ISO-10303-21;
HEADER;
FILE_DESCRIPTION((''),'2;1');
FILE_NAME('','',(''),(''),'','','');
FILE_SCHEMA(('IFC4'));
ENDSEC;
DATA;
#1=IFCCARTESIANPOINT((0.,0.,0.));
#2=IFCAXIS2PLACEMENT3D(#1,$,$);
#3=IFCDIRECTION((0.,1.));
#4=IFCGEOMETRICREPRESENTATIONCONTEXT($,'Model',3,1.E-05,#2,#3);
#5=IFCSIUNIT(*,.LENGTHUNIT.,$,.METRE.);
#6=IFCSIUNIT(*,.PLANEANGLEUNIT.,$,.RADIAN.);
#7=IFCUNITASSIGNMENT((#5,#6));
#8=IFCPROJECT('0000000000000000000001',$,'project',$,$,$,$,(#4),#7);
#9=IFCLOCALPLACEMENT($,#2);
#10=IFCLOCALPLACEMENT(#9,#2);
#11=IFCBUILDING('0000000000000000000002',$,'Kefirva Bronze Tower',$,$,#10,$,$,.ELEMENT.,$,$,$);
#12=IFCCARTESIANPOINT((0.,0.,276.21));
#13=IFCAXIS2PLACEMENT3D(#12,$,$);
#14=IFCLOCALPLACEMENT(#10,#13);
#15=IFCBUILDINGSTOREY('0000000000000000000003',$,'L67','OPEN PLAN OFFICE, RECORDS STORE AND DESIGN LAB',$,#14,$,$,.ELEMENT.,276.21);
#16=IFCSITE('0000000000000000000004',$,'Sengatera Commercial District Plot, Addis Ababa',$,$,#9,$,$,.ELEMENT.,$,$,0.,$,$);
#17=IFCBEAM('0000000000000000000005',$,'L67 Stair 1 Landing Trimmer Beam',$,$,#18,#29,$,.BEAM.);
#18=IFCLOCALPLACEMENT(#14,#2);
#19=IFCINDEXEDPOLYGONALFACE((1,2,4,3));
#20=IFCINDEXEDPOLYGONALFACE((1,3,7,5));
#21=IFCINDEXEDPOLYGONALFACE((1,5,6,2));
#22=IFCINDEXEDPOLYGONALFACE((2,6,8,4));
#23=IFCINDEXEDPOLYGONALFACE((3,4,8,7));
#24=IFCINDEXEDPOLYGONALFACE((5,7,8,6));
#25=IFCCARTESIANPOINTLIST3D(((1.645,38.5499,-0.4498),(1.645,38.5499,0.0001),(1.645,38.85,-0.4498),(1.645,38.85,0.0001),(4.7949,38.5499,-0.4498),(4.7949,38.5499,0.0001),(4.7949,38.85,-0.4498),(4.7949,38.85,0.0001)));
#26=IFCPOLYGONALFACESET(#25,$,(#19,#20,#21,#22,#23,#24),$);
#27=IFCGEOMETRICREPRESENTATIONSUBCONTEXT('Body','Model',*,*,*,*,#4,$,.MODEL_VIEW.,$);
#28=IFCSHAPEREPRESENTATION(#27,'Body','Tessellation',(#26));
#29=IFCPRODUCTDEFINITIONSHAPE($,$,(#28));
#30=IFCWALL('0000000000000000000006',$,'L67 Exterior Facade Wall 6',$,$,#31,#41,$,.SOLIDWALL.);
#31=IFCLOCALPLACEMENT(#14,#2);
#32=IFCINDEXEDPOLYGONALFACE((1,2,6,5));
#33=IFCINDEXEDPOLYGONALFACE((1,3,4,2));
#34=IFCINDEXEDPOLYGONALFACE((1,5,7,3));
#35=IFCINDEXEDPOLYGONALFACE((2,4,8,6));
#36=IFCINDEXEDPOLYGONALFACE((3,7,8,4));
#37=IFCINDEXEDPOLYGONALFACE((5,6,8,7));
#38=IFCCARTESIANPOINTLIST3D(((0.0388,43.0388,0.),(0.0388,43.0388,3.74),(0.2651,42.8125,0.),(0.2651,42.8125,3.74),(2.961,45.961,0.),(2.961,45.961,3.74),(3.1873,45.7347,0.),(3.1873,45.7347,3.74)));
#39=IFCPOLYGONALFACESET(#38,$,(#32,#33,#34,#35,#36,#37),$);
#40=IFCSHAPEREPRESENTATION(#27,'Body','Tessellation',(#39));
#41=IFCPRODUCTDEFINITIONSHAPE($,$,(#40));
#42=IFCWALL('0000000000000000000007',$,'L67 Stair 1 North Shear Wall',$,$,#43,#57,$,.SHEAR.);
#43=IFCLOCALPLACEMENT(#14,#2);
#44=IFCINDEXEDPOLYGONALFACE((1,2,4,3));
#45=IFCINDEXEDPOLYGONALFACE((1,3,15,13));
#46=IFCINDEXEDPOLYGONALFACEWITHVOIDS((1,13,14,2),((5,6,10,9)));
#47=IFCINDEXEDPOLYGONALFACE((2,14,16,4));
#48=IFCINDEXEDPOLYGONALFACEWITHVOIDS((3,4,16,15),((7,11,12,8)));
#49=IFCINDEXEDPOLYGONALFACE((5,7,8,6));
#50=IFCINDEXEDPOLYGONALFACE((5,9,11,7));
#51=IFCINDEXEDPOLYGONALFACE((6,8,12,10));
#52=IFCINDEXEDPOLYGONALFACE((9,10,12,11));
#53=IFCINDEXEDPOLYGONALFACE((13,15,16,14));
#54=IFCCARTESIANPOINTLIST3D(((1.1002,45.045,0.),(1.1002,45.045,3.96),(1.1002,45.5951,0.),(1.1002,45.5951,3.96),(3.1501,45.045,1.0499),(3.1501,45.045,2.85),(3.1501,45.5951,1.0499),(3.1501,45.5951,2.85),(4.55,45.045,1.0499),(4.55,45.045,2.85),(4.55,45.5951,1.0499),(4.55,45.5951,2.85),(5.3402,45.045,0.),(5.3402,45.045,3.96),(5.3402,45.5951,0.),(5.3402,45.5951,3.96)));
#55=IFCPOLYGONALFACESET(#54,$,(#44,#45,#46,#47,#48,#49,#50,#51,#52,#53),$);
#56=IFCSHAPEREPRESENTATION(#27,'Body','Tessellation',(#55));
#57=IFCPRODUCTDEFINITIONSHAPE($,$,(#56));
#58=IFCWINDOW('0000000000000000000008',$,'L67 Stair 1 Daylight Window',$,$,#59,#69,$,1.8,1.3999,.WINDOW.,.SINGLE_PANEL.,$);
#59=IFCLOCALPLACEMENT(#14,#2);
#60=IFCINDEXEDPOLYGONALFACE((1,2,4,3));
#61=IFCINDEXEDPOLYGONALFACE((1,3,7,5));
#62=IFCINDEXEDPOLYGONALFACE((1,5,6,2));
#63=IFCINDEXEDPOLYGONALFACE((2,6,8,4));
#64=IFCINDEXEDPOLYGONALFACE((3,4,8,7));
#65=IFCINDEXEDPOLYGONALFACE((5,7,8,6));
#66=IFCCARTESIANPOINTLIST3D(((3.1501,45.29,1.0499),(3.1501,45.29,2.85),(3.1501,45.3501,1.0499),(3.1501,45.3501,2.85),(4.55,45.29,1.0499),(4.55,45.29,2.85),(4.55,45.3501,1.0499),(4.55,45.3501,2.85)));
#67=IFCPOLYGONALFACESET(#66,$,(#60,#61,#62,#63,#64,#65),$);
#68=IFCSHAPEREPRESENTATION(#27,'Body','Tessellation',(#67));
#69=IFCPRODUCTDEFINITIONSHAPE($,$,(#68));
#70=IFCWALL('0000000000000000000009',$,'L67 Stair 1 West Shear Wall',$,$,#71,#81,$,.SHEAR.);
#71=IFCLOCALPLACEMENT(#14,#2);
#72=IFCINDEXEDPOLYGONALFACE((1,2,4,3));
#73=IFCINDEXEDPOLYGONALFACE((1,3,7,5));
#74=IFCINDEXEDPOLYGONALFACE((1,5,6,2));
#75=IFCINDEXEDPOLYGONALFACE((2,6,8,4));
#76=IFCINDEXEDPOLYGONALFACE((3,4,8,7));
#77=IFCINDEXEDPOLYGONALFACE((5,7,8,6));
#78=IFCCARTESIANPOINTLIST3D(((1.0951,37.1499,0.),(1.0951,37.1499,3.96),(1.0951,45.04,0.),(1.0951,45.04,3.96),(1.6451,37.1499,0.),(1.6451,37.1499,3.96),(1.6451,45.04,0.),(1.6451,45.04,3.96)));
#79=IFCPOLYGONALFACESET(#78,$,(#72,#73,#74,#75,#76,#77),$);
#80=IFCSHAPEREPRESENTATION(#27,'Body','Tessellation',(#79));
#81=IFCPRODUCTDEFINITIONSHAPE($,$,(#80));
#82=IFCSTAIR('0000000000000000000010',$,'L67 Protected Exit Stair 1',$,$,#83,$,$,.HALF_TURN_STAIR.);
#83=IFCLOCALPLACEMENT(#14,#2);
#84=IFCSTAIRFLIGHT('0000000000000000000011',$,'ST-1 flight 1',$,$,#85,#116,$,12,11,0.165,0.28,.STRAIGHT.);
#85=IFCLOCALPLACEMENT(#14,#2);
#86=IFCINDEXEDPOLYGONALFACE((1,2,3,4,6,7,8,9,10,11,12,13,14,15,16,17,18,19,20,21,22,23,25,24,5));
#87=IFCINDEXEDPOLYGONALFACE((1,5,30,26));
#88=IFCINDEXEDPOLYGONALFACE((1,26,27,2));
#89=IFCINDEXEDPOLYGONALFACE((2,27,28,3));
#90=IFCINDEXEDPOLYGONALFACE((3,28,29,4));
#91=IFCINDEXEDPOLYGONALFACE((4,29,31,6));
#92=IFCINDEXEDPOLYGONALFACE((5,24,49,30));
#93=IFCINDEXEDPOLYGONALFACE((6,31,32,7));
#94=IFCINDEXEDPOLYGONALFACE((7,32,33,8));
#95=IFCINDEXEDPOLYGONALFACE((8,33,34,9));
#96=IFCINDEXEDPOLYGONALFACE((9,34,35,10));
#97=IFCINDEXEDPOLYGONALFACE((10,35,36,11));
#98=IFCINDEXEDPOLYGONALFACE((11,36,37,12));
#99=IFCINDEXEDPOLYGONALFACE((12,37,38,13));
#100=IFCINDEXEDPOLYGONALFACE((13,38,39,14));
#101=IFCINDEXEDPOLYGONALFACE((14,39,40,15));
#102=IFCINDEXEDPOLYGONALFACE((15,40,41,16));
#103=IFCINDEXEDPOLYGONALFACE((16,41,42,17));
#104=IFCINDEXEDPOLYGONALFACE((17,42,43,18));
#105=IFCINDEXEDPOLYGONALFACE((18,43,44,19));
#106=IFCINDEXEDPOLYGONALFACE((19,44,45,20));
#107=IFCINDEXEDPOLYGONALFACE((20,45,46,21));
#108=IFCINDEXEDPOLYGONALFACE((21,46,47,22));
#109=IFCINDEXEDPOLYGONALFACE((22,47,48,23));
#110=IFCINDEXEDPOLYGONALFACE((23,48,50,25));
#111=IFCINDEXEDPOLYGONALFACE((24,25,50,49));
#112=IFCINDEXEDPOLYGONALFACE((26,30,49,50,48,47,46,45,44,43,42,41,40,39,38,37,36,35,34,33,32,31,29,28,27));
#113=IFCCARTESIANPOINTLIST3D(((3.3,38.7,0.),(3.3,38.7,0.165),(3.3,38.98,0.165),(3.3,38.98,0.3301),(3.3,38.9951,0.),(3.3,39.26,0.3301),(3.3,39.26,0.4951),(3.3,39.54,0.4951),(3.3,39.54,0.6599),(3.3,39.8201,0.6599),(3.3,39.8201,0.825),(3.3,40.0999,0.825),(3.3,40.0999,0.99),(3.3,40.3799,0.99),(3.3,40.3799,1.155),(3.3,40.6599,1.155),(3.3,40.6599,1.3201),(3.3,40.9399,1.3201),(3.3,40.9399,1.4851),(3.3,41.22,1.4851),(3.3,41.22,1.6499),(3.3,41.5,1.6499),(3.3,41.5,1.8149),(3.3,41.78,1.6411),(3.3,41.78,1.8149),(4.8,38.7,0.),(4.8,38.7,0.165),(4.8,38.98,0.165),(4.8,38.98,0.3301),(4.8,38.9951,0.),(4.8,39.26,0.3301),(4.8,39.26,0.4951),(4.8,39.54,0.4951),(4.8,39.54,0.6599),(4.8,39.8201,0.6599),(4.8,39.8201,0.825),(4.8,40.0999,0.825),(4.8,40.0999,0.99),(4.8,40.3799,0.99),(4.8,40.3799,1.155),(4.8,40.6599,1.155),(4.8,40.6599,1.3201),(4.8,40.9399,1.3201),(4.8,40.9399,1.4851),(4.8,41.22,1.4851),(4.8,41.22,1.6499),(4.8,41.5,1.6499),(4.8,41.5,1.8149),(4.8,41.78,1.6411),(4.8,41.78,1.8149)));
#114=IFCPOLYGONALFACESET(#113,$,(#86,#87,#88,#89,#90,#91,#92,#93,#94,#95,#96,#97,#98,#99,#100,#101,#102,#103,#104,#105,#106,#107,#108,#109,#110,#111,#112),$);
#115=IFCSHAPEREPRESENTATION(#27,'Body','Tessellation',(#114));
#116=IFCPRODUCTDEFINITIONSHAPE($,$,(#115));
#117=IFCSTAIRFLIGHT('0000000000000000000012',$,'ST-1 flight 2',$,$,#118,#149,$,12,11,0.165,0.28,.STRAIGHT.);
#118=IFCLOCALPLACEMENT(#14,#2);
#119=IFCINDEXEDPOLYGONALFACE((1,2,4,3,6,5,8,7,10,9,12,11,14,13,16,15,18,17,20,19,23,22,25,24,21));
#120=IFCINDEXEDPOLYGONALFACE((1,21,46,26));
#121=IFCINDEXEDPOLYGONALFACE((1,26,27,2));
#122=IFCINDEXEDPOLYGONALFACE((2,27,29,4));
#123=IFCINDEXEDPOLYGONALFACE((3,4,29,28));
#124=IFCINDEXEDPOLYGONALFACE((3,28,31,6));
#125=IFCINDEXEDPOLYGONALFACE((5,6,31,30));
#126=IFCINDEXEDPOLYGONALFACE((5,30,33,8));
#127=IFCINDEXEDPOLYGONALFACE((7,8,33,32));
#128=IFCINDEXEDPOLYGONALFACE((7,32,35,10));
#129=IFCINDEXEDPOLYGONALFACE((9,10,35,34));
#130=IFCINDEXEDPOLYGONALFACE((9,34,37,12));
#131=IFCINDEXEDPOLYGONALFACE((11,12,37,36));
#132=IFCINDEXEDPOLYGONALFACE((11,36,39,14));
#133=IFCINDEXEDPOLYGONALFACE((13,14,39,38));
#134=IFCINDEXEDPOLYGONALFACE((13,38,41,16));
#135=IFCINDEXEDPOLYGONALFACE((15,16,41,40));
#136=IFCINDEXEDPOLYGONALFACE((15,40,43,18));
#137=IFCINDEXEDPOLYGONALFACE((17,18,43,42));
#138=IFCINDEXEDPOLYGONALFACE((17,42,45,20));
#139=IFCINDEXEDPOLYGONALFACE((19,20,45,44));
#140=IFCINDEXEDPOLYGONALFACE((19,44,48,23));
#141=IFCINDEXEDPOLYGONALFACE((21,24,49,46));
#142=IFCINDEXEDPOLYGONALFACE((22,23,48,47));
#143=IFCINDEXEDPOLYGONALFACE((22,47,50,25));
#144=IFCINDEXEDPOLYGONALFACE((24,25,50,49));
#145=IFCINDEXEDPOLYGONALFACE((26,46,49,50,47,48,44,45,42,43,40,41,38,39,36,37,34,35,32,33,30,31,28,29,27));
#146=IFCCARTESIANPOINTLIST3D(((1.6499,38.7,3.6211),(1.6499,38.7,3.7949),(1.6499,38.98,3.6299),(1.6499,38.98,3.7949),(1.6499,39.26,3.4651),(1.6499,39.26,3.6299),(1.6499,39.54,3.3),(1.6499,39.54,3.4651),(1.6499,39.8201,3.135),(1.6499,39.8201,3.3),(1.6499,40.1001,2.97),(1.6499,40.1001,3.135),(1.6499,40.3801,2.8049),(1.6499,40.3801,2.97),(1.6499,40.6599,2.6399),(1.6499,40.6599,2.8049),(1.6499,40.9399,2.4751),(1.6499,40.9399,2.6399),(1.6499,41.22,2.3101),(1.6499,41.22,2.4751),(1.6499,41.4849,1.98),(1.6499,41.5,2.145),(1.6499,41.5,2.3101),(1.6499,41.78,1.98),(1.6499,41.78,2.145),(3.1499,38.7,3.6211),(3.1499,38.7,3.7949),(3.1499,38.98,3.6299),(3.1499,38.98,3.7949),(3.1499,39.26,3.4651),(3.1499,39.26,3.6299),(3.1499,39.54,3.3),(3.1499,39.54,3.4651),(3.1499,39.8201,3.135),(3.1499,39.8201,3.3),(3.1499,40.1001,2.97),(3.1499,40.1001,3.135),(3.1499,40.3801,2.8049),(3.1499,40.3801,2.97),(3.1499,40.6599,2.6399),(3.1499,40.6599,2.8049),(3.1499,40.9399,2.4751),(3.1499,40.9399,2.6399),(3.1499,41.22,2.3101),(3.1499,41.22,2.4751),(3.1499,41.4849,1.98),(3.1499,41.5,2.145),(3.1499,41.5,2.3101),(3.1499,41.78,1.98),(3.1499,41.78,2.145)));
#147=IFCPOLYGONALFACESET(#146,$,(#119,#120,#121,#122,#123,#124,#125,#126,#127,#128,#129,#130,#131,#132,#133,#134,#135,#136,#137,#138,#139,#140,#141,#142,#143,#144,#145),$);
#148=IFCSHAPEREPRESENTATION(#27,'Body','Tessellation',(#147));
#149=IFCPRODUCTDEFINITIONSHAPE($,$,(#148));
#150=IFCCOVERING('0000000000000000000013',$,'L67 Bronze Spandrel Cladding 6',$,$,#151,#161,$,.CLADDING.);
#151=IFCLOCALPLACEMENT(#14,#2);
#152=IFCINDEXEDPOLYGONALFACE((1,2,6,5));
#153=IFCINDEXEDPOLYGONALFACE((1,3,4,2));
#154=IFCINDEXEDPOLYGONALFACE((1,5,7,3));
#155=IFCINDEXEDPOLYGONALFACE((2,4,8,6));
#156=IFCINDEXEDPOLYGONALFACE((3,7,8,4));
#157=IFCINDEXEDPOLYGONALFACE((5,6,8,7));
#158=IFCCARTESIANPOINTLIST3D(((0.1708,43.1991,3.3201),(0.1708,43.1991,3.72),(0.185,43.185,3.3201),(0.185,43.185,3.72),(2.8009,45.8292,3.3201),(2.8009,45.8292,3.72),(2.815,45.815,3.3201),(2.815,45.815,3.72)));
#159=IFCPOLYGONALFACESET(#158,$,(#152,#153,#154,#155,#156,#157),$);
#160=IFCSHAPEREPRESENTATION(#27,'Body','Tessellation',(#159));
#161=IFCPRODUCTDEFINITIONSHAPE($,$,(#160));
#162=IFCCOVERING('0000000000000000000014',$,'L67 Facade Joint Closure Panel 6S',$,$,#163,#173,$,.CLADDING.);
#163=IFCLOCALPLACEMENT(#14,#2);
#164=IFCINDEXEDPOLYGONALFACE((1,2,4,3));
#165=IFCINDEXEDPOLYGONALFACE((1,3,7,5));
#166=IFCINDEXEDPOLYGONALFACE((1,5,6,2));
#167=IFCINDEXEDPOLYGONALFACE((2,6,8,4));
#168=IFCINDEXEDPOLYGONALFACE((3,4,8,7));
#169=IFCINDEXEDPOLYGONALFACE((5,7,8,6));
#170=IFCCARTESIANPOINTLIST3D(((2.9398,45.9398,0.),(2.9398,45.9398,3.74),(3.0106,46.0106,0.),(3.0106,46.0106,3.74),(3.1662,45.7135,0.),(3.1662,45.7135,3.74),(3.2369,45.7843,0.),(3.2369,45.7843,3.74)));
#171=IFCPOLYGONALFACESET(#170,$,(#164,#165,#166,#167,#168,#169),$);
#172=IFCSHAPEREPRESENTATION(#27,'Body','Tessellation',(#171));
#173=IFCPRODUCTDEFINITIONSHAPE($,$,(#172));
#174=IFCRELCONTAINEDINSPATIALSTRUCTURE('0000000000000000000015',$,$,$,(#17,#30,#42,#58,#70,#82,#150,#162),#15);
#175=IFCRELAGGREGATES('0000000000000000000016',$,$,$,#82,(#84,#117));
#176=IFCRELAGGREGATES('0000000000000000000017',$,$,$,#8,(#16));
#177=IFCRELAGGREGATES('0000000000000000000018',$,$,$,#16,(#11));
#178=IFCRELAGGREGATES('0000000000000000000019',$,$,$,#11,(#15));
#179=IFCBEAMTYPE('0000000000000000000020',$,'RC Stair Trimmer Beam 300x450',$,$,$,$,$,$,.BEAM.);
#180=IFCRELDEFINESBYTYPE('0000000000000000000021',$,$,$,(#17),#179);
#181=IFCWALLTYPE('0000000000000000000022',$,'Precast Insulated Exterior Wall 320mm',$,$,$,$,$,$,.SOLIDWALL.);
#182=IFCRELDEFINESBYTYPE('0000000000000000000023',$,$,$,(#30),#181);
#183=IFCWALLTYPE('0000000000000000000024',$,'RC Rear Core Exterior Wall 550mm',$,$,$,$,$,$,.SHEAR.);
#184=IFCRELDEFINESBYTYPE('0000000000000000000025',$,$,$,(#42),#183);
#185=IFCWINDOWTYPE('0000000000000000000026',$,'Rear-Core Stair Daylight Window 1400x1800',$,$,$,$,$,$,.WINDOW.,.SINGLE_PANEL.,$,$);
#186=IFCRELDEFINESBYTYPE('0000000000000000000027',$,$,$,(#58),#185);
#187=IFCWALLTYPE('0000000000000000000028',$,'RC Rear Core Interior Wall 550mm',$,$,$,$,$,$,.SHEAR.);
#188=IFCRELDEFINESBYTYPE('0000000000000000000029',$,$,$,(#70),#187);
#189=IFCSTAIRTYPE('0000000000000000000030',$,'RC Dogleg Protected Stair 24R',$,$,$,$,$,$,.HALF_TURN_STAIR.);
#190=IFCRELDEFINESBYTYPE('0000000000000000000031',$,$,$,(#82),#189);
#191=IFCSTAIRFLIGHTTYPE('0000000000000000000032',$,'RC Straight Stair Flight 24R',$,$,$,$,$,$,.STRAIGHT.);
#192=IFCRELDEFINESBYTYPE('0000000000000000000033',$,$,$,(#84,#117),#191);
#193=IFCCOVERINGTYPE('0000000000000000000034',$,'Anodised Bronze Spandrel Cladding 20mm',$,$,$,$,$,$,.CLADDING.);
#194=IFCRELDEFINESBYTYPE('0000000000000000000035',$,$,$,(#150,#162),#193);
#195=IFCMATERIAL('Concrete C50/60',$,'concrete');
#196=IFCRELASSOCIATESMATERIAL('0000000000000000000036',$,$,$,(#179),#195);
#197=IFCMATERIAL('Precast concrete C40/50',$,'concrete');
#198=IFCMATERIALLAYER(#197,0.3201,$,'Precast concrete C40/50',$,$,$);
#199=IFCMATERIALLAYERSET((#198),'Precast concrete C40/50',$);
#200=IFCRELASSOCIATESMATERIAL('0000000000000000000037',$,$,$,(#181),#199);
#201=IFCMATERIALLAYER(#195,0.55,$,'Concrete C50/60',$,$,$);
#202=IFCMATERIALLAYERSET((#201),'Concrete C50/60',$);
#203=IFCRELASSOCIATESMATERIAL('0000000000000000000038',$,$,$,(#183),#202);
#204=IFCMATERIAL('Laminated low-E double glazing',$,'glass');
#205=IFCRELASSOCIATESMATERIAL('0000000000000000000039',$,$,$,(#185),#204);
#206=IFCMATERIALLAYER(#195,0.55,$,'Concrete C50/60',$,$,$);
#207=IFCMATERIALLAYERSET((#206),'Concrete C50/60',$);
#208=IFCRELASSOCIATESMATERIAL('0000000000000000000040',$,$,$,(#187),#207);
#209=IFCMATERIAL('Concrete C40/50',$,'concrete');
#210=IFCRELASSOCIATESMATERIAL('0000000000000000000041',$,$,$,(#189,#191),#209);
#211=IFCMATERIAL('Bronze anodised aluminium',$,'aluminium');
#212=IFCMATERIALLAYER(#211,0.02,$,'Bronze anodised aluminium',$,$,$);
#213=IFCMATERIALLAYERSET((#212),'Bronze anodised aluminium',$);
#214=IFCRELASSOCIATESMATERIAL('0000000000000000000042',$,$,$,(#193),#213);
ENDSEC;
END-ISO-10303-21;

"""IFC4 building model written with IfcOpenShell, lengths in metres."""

from ifc_helpers import new_model, si_unit, direction, frame, frame_2d, origin, origin_2d, place, context, subcontext, project, spatial, polyline, rectangle, outline, extrude, material, layer, layer_set, material_profile, profile_set, type_object, element, fill, aggregate, save


model = new_model("IFC4")

# Units and contexts
model_context = context("Model", 3, precision=1e-05, world=origin(), true_north=direction((0.0, 1.0)))
body_context = subcontext(model_context, "Body", "Model", "MODEL_VIEW")
ifc_project = project(units=[si_unit("LENGTHUNIT", "METRE"), si_unit("PLANEANGLEUNIT", "RADIAN")], contexts=[model_context])

# Site, building, storey
site_placement = place(None, origin())
site = spatial("IfcSite", under=ifc_project, at=site_placement, Name="Sengatera Commercial District Plot, Addis Ababa", CompositionType="ELEMENT", RefElevation=0.0)
building_placement = place(site_placement, origin())
building = spatial("IfcBuilding", under=site, at=building_placement, Name="Kefirva Bronze Tower", CompositionType="ELEMENT")
storey_placement = place(building_placement, frame((0.0, 0.0, 276.21)))
storey = spatial("IfcBuildingStorey", under=building, at=storey_placement, Name="L67", Description="OPEN PLAN OFFICE, RECORDS STORE AND DESIGN LAB", CompositionType="ELEMENT", Elevation=276.21)

# Beam
ifc_material_1 = material(Name="Concrete C50/60", Category="concrete")
ifc_material_profile = material_profile(ifc_material_1, rectangle(XDim=0.3, YDim=0.45, at=origin_2d()), Name="RC 300x450")
ifc_profile_set = profile_set([ifc_material_profile], Name="Concrete C50/60")
beam_type = type_object("IfcBeamType", Name="RC Stair Trimmer Beam 300x450", PredefinedType="BEAM", material=ifc_profile_set)
beam_placement = place(storey_placement, frame((1.645, 38.7, -0.2249), z_axis=(1.0, 0.0, 0.0), x_axis=(0.0, 1.0, 0.0)))
element("IfcBeam", 1, at=beam_placement, inside=storey, type_object=beam_type, Name="L67 Stair 1 Landing Trimmer Beam", PredefinedType="BEAM", context=body_context, shape_type="SweptSolid", body=[
    extrude(rectangle(XDim=0.3, YDim=0.45, at=origin_2d()), origin(), (0.0, 0.0, 1.0), 3.1499),
])

# Wall
ifc_material_2 = material(Name="Precast concrete C40/50", Category="concrete")
ifc_layer_1 = layer(ifc_material_2, 0.3201, Name="Precast concrete C40/50")
ifc_layer_set_1 = layer_set([ifc_layer_1], Name="Precast concrete C40/50")
wall_type_1 = type_object("IfcWallType", Name="Precast Insulated Exterior Wall 320mm", PredefinedType="SOLIDWALL", material=ifc_layer_set_1)
wall_1_placement = place(storey_placement, frame((3.0742, 45.8479, 0.0), z_axis=(0.0, 0.0, 1.0), x_axis=(-0.707107, -0.707107, 0.0)))
element("IfcWall", 2, at=wall_1_placement, inside=storey, type_object=wall_type_1, Name="L67 Exterior Facade Wall 6", PredefinedType="SOLIDWALL", context=body_context, shape_type="SweptSolid", body=[
    extrude(rectangle(XDim=4.1326, YDim=0.3201, at=frame_2d((2.0664, 0.0))), origin(), (0.0, 0.0, 1.0), 3.74),
])

# Wall, opening, window
ifc_layer_2 = layer(ifc_material_1, 0.55, Name="Concrete C50/60")
ifc_layer_set_2 = layer_set([ifc_layer_2], Name="Concrete C50/60")
wall_type_2 = type_object("IfcWallType", Name="RC Rear Core Exterior Wall 550mm", PredefinedType="SHEAR", material=ifc_layer_set_2)
wall_2_placement = place(storey_placement, frame((1.1001, 45.3201, 0.0), z_axis=(0.0, 0.0, 1.0), x_axis=(1.0, 0.0, 0.0)))
wall_2 = element("IfcWall", 3, at=wall_2_placement, inside=storey, type_object=wall_type_2, Name="L67 Stair 1 North Shear Wall", PredefinedType="SHEAR", context=body_context, shape_type="SweptSolid", body=[
    extrude(rectangle(XDim=4.24, YDim=0.55, at=frame_2d((2.1201, 0.0))), origin(), (0.0, 0.0, 1.0), 3.96),
])
opening_1_placement = place(wall_2_placement, frame((2.05, 0.0, 1.05)))
opening_1 = element("IfcOpeningElement", 4, at=opening_1_placement, cuts=wall_2, PredefinedType="OPENING", context=body_context, shape_type="SweptSolid", body=[
    extrude(rectangle(XDim=1.3999, YDim=1.8, at=frame_2d((0.7, 0.8999))), frame((0.0, 0.2852, 0.0), z_axis=(0.0, -1.0, 0.0), x_axis=(1.0, 0.0, 0.0)), (0.0, 0.0, 1.0), 0.5701),
])
ifc_material_3 = material(Name="Laminated low-E double glazing", Category="glass")
window_type = type_object("IfcWindowType", Name="Rear-Core Stair Daylight Window 1400x1800", PartitioningType="SINGLE_PANEL", PredefinedType="WINDOW", material=ifc_material_3)
window_placement = place(opening_1_placement, origin())
window = element("IfcWindow", 5, at=window_placement, inside=storey, type_object=window_type, Name="L67 Stair 1 Daylight Window", OverallHeight=1.8, OverallWidth=1.3999, PartitioningType="SINGLE_PANEL", PredefinedType="WINDOW", context=body_context, shape_type="SweptSolid", body=[
    extrude(rectangle(XDim=1.3999, YDim=1.8, at=frame_2d((0.7, 0.8999))), frame((0.0, 0.03, 0.0), z_axis=(0.0, -1.0, 0.0), x_axis=(1.0, 0.0, 0.0)), (0.0, 0.0, 1.0), 0.0601),
])
fill(opening_1, window)

# Wall
ifc_layer_3 = layer(ifc_material_1, 0.55, Name="Concrete C50/60")
ifc_layer_set_3 = layer_set([ifc_layer_3], Name="Concrete C50/60")
wall_type_3 = type_object("IfcWallType", Name="RC Rear Core Interior Wall 550mm", PredefinedType="SHEAR", material=ifc_layer_set_3)
wall_3_placement = place(storey_placement, frame((1.3701, 37.1499, 0.0), z_axis=(0.0, 0.0, 1.0), x_axis=(0.0, 1.0, 0.0)))
element("IfcWall", 6, at=wall_3_placement, inside=storey, type_object=wall_type_3, Name="L67 Stair 1 West Shear Wall", PredefinedType="SHEAR", context=body_context, shape_type="SweptSolid", body=[
    extrude(rectangle(XDim=7.8901, YDim=0.55, at=frame_2d((3.9451, 0.0))), origin(), (0.0, 0.0, 1.0), 3.96),
])

# Stair, stair flights
ifc_material_4 = material(Name="Concrete C40/50", Category="concrete")
stair_type = type_object("IfcStairType", Name="RC Dogleg Protected Stair 24R", PredefinedType="HALF_TURN_STAIR", material=ifc_material_4)
stair_placement = place(storey_placement, origin())
stair = element("IfcStair", 7, at=stair_placement, inside=storey, type_object=stair_type, Name="L67 Protected Exit Stair 1", PredefinedType="HALF_TURN_STAIR")
stair_flight_type = type_object("IfcStairFlightType", Name="RC Straight Stair Flight 24R", PredefinedType="STRAIGHT", material=ifc_material_4)
stair_flight_1_placement = place(storey_placement, frame((4.05, 38.7, 0.0), z_axis=(0.0, 0.0, 1.0), x_axis=(0.0, 1.0, 0.0)))
stair_flight_1 = element("IfcStairFlight", 8, at=stair_flight_1_placement, type_object=stair_flight_type, Name="ST-1 flight 1", NumberOfRisers=12, NumberOfTreads=11, PredefinedType="STRAIGHT", RiserHeight=0.165, TreadLength=0.28, context=body_context, shape_type="SweptSolid", body=[
    extrude(outline(polyline([(0.0, 0.0), (0.0, 0.165), (0.28, 0.165), (0.28, 0.3301), (0.5601, 0.3301), (0.5601, 0.4951), (0.8401, 0.4951), (0.8401, 0.6599), (1.1201, 0.6599), (1.1201, 0.825), (1.3999, 0.825), (1.3999, 0.99), (1.6799, 0.99), (1.6799, 1.155), (1.96, 1.155), (1.96, 1.3201), (2.24, 1.3201), (2.24, 1.4851), (2.52, 1.4851), (2.52, 1.6499), (2.8, 1.6499), (2.8, 1.8149), (3.0801, 1.8149), (3.0801, 1.98), (3.0801, 1.6411), (0.2952, 0.0), (0.0, 0.0)])), frame((0.0, 0.75, 0.0), z_axis=(0.0, -1.0, 0.0), x_axis=(1.0, 0.0, 0.0)), (0.0, 0.0, 1.0), 1.5),
])
stair_flight_2_placement = place(storey_placement, frame((2.3999, 41.78, 1.98), z_axis=(0.0, 0.0, 1.0), x_axis=(0.0, -1.0, 0.0)))
stair_flight_2 = element("IfcStairFlight", 9, at=stair_flight_2_placement, type_object=stair_flight_type, Name="ST-1 flight 2", NumberOfRisers=12, NumberOfTreads=11, PredefinedType="STRAIGHT", RiserHeight=0.165, TreadLength=0.28, context=body_context, shape_type="SweptSolid", body=[
    extrude(outline(polyline([(0.0, 0.0), (0.0, 0.165), (0.28, 0.165), (0.28, 0.3301), (0.5601, 0.3301), (0.5601, 0.4951), (0.8401, 0.4951), (0.8401, 0.6599), (1.1201, 0.6599), (1.1201, 0.825), (1.3999, 0.825), (1.3999, 0.99), (1.6799, 0.99), (1.6799, 1.155), (1.96, 1.155), (1.96, 1.3201), (2.24, 1.3201), (2.24, 1.4851), (2.52, 1.4851), (2.52, 1.6499), (2.8, 1.6499), (2.8, 1.8149), (3.0801, 1.8149), (3.0801, 1.98), (3.0801, 1.6411), (0.2952, 0.0), (0.0, 0.0)])), frame((0.0, 0.75, 0.0), z_axis=(0.0, -1.0, 0.0), x_axis=(1.0, 0.0, 0.0)), (0.0, 0.0, 1.0), 1.5),
])
aggregate(stair, [stair_flight_1, stair_flight_2])

# Coverings
ifc_material_5 = material(Name="Bronze anodised aluminium", Category="aluminium")
ifc_layer_4 = layer(ifc_material_5, 0.02, Name="Bronze anodised aluminium")
ifc_layer_set_4 = layer_set([ifc_layer_4], Name="Bronze anodised aluminium")
covering_type_1 = type_object("IfcCoveringType", Name="Anodised Bronze Spandrel Cladding 20mm", PredefinedType="CLADDING", material=ifc_layer_set_4)
covering_1_placement = place(storey_placement, frame((1.4929, 44.5071, 3.3201), z_axis=(0.0, 0.0, 1.0), x_axis=(-0.707107, -0.707107, 0.0)))
element("IfcCovering", 10, at=covering_1_placement, inside=storey, type_object=covering_type_1, Name="L67 Bronze Spandrel Cladding 6", PredefinedType="CLADDING", context=body_context, shape_type="SweptSolid", body=[
    extrude(rectangle(XDim=3.7195, YDim=0.02, at=origin_2d()), origin(), (0.0, 0.0, 1.0), 0.3999),
])
for number, where, z_axis, x_axis, name in (
    (11, (3.0884, 45.8621, 0.0), (0.0, 0.0, 1.0), (-0.707107, -0.707107, 0.0), "L67 Facade Joint Closure Panel 6S"),
):
    element("IfcCovering", number, at=place(storey_placement, frame(where, z_axis=z_axis, x_axis=x_axis)), inside=storey, type_object=covering_type_1, Name=name, PredefinedType="CLADDING", context=body_context, shape_type="SweptSolid", body=[
        extrude(rectangle(XDim=0.1001, YDim=0.3201, at=origin_2d()), origin(), (0.0, 0.0, 1.0), 3.74),
    ])

save(model, "model.ifc")
